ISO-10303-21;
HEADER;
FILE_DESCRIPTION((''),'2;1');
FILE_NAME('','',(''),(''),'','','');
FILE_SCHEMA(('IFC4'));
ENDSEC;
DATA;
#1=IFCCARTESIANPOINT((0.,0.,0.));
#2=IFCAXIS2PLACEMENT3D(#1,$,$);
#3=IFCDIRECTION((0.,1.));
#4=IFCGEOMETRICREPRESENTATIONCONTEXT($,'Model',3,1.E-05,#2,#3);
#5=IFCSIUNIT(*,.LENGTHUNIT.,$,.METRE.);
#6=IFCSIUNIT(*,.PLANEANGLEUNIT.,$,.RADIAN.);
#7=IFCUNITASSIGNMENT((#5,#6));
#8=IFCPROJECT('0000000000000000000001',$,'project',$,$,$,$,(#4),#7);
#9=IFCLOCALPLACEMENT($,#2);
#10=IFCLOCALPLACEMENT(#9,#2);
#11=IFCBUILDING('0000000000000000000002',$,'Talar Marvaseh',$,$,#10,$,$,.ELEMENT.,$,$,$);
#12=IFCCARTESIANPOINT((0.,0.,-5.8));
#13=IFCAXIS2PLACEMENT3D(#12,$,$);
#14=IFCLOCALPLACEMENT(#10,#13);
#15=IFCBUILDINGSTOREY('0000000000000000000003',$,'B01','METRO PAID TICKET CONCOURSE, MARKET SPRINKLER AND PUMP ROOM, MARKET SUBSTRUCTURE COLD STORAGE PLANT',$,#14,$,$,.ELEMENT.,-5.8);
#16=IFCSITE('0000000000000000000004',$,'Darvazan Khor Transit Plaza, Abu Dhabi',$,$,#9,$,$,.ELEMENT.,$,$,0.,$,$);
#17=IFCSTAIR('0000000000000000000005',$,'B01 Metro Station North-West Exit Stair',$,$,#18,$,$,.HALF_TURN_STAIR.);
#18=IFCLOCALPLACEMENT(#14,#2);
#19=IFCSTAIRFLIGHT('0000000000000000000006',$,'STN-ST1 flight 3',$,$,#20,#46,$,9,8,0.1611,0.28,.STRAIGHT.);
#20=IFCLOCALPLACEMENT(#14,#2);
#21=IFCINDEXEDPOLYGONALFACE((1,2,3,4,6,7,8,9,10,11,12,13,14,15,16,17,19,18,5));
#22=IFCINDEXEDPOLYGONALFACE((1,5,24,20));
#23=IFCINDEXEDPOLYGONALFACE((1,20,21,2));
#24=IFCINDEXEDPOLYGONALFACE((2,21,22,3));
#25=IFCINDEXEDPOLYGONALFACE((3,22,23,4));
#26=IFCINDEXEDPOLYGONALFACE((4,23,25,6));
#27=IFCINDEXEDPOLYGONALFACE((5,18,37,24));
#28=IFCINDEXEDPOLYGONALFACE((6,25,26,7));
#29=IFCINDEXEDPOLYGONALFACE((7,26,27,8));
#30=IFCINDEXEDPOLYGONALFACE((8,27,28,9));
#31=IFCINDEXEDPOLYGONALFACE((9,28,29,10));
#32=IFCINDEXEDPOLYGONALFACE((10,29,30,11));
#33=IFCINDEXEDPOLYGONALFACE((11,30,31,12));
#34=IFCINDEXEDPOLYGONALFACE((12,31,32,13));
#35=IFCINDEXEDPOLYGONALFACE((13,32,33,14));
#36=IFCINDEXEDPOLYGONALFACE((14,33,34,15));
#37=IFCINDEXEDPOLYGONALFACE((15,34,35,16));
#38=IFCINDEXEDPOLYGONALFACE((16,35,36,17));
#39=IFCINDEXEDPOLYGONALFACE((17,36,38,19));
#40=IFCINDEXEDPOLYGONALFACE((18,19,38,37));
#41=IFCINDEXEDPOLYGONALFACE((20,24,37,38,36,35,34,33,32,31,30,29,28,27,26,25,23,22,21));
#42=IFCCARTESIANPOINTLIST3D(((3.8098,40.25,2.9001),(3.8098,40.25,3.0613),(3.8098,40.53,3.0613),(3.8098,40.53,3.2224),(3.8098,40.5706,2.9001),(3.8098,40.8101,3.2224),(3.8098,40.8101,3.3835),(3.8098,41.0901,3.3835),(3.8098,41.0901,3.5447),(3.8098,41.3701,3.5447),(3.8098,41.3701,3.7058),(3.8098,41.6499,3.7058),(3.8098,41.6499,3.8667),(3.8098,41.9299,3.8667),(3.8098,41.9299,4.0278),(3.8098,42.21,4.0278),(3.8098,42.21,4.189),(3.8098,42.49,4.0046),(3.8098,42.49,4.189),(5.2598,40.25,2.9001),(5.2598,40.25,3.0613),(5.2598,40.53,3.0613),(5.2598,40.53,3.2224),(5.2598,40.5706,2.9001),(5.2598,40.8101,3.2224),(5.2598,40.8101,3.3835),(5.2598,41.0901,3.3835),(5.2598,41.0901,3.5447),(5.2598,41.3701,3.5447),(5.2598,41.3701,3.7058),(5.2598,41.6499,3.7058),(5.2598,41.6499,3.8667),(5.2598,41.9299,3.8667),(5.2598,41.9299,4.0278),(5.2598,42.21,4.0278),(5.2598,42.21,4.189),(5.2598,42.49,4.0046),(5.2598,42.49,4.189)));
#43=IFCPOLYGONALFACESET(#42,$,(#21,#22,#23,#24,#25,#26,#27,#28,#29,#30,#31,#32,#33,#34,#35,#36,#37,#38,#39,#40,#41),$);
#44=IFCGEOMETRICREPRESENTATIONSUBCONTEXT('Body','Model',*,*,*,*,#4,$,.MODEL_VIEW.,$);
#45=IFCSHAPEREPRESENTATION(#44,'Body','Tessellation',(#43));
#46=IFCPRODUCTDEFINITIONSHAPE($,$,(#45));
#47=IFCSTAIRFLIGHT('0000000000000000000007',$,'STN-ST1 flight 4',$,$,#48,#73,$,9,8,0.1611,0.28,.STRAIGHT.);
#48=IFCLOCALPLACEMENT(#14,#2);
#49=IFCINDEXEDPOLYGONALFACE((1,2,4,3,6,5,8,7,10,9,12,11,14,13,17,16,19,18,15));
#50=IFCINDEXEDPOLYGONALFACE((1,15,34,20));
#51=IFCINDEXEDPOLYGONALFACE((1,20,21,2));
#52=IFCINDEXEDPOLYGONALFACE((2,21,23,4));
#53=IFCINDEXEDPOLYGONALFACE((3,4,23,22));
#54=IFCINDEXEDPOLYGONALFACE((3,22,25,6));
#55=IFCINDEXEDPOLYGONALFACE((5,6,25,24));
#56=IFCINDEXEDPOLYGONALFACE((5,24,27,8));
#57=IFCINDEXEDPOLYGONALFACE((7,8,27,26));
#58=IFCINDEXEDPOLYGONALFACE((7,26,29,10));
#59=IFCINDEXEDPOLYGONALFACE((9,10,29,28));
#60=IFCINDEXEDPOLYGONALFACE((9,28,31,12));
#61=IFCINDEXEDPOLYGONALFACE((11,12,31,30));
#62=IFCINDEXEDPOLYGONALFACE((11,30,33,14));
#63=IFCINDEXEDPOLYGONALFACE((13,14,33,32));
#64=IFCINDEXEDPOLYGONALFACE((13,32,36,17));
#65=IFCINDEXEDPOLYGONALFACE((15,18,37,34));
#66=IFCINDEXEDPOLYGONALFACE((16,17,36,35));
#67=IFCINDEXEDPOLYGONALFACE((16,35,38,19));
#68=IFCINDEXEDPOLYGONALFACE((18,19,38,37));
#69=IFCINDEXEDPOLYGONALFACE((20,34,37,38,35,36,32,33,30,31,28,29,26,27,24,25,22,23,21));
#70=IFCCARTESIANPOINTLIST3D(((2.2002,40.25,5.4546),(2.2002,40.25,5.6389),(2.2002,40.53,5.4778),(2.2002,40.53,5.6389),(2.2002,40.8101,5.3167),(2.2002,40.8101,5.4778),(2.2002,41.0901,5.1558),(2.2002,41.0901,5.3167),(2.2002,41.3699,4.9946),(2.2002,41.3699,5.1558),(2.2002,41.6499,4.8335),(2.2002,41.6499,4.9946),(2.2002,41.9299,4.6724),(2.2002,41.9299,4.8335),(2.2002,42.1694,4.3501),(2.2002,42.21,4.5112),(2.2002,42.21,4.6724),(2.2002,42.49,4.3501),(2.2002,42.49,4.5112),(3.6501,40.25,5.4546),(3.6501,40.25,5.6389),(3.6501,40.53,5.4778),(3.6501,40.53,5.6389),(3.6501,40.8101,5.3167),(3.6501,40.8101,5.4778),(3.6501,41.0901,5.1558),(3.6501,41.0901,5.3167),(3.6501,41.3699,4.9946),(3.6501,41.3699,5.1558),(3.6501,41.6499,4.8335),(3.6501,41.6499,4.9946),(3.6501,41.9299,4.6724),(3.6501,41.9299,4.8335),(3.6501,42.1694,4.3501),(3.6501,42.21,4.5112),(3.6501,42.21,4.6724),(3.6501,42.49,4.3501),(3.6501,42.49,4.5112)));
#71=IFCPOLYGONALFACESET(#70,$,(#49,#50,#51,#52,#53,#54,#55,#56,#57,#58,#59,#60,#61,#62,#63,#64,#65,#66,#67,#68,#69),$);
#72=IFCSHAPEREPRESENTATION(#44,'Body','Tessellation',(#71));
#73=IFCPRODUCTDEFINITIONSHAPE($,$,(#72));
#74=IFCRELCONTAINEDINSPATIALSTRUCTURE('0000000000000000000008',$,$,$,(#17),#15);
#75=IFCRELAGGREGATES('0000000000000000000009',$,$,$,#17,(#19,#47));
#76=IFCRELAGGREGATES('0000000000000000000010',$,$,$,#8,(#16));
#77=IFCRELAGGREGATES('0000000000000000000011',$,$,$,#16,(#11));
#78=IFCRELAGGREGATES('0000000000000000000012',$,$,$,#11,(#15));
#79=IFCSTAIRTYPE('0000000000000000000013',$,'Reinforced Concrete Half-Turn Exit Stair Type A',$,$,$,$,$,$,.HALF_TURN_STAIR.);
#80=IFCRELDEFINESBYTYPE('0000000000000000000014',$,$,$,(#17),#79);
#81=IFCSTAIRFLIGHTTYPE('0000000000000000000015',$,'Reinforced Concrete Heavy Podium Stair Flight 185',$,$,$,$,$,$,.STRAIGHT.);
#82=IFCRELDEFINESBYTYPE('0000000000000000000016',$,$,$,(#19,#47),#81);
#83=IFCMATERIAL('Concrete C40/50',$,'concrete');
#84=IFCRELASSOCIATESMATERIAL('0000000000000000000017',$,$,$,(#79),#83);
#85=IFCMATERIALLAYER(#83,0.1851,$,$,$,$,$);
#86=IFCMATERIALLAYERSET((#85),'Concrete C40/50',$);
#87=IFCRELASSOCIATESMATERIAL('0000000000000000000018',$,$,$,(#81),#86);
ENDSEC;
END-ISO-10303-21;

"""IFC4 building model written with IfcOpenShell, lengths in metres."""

from ifc_helpers import new_model, si_unit, direction, frame, origin, place, context, subcontext, project, spatial, polyline, outline, extrude, material, layer, layer_set, type_object, element, aggregate, save


model = new_model("IFC4")

# Units and contexts
model_context = context("Model", 3, precision=1e-05, world=origin(), true_north=direction((0.0, 1.0)))
body_context = subcontext(model_context, "Body", "Model", "MODEL_VIEW")
ifc_project = project(units=[si_unit("LENGTHUNIT", "METRE"), si_unit("PLANEANGLEUNIT", "RADIAN")], contexts=[model_context])

# Site, building, storey
site_placement = place(None, origin())
site = spatial("IfcSite", under=ifc_project, at=site_placement, Name="Darvazan Khor Transit Plaza, Abu Dhabi", CompositionType="ELEMENT", RefElevation=0.0)
building_placement = place(site_placement, origin())
building = spatial("IfcBuilding", under=site, at=building_placement, Name="Talar Marvaseh", CompositionType="ELEMENT")
storey_placement = place(building_placement, frame((0.0, 0.0, -5.8)))
storey = spatial("IfcBuildingStorey", under=building, at=storey_placement, Name="B01", Description="METRO PAID TICKET CONCOURSE, MARKET SPRINKLER AND PUMP ROOM, MARKET SUBSTRUCTURE COLD STORAGE PLANT", CompositionType="ELEMENT", Elevation=-5.8)

# Shared definitions
ifc_material_1 = material(Name="Concrete C40/50", Category="concrete")

# Stair, stair flights
stair_type = type_object("IfcStairType", Name="Reinforced Concrete Half-Turn Exit Stair Type A", PredefinedType="HALF_TURN_STAIR", material=ifc_material_1)
stair_placement = place(storey_placement, origin())
stair = element("IfcStair", 1, at=stair_placement, inside=storey, type_object=stair_type, Name="B01 Metro Station North-West Exit Stair", PredefinedType="HALF_TURN_STAIR")
ifc_layer_1 = layer(ifc_material_1, 0.1851)
ifc_layer_set_1 = layer_set([ifc_layer_1], Name="Concrete C40/50")
stair_flight_type = type_object("IfcStairFlightType", Name="Reinforced Concrete Heavy Podium Stair Flight 185", PredefinedType="STRAIGHT", material=ifc_layer_set_1)
stair_flight_1_placement = place(storey_placement, frame((4.5349, 40.25, 2.9001), z_axis=(0.0, 0.0, 1.0), x_axis=(0.0, 1.0, 0.0)))
stair_flight_1 = element("IfcStairFlight", 2, at=stair_flight_1_placement, type_object=stair_flight_type, Name="STN-ST1 flight 3", NumberOfRisers=9, NumberOfTreads=8, PredefinedType="STRAIGHT", RiserHeight=0.1611, TreadLength=0.28, context=body_context, shape_type="SweptSolid", body=[
    extrude(outline(polyline([(0.0, 0.0), (0.0, 0.1611), (0.28, 0.1611), (0.28, 0.3223), (0.5601, 0.3223), (0.5601, 0.4834), (0.8401, 0.4834), (0.8401, 0.6445), (1.1201, 0.6445), (1.1201, 0.8057), (1.3999, 0.8057), (1.3999, 0.9666), (1.6799, 0.9666), (1.6799, 1.1277), (1.96, 1.1277), (1.96, 1.2888), (2.24, 1.2888), (2.24, 1.45), (2.24, 1.1045), (0.3206, 0.0), (0.0, 0.0)])), frame((0.0, 0.7251, 0.0), z_axis=(0.0, -1.0, 0.0), x_axis=(1.0, 0.0, 0.0)), (0.0, 0.0, 1.0), 1.45),
])
stair_flight_2_placement = place(storey_placement, frame((2.925, 42.49, 4.3501), z_axis=(0.0, 0.0, 1.0), x_axis=(0.0, -1.0, 0.0)))
stair_flight_2 = element("IfcStairFlight", 3, at=stair_flight_2_placement, type_object=stair_flight_type, Name="STN-ST1 flight 4", NumberOfRisers=9, NumberOfTreads=8, PredefinedType="STRAIGHT", RiserHeight=0.1611, TreadLength=0.28, context=body_context, shape_type="SweptSolid", body=[
    extrude(outline(polyline([(0.0, 0.0), (0.0, 0.1611), (0.28, 0.1611), (0.28, 0.3223), (0.5601, 0.3223), (0.5601, 0.4834), (0.8401, 0.4834), (0.8401, 0.6445), (1.1201, 0.6445), (1.1201, 0.8057), (1.3999, 0.8057), (1.3999, 0.9666), (1.6799, 0.9666), (1.6799, 1.1277), (1.96, 1.1277), (1.96, 1.2888), (2.24, 1.2888), (2.24, 1.45), (2.24, 1.1045), (0.3206, 0.0), (0.0, 0.0)])), frame((0.0, 0.7251, 0.0), z_axis=(0.0, -1.0, 0.0), x_axis=(1.0, 0.0, 0.0)), (0.0, 0.0, 1.0), 1.45),
])
aggregate(stair, [stair_flight_1, stair_flight_2])

save(model, "model.ifc")
